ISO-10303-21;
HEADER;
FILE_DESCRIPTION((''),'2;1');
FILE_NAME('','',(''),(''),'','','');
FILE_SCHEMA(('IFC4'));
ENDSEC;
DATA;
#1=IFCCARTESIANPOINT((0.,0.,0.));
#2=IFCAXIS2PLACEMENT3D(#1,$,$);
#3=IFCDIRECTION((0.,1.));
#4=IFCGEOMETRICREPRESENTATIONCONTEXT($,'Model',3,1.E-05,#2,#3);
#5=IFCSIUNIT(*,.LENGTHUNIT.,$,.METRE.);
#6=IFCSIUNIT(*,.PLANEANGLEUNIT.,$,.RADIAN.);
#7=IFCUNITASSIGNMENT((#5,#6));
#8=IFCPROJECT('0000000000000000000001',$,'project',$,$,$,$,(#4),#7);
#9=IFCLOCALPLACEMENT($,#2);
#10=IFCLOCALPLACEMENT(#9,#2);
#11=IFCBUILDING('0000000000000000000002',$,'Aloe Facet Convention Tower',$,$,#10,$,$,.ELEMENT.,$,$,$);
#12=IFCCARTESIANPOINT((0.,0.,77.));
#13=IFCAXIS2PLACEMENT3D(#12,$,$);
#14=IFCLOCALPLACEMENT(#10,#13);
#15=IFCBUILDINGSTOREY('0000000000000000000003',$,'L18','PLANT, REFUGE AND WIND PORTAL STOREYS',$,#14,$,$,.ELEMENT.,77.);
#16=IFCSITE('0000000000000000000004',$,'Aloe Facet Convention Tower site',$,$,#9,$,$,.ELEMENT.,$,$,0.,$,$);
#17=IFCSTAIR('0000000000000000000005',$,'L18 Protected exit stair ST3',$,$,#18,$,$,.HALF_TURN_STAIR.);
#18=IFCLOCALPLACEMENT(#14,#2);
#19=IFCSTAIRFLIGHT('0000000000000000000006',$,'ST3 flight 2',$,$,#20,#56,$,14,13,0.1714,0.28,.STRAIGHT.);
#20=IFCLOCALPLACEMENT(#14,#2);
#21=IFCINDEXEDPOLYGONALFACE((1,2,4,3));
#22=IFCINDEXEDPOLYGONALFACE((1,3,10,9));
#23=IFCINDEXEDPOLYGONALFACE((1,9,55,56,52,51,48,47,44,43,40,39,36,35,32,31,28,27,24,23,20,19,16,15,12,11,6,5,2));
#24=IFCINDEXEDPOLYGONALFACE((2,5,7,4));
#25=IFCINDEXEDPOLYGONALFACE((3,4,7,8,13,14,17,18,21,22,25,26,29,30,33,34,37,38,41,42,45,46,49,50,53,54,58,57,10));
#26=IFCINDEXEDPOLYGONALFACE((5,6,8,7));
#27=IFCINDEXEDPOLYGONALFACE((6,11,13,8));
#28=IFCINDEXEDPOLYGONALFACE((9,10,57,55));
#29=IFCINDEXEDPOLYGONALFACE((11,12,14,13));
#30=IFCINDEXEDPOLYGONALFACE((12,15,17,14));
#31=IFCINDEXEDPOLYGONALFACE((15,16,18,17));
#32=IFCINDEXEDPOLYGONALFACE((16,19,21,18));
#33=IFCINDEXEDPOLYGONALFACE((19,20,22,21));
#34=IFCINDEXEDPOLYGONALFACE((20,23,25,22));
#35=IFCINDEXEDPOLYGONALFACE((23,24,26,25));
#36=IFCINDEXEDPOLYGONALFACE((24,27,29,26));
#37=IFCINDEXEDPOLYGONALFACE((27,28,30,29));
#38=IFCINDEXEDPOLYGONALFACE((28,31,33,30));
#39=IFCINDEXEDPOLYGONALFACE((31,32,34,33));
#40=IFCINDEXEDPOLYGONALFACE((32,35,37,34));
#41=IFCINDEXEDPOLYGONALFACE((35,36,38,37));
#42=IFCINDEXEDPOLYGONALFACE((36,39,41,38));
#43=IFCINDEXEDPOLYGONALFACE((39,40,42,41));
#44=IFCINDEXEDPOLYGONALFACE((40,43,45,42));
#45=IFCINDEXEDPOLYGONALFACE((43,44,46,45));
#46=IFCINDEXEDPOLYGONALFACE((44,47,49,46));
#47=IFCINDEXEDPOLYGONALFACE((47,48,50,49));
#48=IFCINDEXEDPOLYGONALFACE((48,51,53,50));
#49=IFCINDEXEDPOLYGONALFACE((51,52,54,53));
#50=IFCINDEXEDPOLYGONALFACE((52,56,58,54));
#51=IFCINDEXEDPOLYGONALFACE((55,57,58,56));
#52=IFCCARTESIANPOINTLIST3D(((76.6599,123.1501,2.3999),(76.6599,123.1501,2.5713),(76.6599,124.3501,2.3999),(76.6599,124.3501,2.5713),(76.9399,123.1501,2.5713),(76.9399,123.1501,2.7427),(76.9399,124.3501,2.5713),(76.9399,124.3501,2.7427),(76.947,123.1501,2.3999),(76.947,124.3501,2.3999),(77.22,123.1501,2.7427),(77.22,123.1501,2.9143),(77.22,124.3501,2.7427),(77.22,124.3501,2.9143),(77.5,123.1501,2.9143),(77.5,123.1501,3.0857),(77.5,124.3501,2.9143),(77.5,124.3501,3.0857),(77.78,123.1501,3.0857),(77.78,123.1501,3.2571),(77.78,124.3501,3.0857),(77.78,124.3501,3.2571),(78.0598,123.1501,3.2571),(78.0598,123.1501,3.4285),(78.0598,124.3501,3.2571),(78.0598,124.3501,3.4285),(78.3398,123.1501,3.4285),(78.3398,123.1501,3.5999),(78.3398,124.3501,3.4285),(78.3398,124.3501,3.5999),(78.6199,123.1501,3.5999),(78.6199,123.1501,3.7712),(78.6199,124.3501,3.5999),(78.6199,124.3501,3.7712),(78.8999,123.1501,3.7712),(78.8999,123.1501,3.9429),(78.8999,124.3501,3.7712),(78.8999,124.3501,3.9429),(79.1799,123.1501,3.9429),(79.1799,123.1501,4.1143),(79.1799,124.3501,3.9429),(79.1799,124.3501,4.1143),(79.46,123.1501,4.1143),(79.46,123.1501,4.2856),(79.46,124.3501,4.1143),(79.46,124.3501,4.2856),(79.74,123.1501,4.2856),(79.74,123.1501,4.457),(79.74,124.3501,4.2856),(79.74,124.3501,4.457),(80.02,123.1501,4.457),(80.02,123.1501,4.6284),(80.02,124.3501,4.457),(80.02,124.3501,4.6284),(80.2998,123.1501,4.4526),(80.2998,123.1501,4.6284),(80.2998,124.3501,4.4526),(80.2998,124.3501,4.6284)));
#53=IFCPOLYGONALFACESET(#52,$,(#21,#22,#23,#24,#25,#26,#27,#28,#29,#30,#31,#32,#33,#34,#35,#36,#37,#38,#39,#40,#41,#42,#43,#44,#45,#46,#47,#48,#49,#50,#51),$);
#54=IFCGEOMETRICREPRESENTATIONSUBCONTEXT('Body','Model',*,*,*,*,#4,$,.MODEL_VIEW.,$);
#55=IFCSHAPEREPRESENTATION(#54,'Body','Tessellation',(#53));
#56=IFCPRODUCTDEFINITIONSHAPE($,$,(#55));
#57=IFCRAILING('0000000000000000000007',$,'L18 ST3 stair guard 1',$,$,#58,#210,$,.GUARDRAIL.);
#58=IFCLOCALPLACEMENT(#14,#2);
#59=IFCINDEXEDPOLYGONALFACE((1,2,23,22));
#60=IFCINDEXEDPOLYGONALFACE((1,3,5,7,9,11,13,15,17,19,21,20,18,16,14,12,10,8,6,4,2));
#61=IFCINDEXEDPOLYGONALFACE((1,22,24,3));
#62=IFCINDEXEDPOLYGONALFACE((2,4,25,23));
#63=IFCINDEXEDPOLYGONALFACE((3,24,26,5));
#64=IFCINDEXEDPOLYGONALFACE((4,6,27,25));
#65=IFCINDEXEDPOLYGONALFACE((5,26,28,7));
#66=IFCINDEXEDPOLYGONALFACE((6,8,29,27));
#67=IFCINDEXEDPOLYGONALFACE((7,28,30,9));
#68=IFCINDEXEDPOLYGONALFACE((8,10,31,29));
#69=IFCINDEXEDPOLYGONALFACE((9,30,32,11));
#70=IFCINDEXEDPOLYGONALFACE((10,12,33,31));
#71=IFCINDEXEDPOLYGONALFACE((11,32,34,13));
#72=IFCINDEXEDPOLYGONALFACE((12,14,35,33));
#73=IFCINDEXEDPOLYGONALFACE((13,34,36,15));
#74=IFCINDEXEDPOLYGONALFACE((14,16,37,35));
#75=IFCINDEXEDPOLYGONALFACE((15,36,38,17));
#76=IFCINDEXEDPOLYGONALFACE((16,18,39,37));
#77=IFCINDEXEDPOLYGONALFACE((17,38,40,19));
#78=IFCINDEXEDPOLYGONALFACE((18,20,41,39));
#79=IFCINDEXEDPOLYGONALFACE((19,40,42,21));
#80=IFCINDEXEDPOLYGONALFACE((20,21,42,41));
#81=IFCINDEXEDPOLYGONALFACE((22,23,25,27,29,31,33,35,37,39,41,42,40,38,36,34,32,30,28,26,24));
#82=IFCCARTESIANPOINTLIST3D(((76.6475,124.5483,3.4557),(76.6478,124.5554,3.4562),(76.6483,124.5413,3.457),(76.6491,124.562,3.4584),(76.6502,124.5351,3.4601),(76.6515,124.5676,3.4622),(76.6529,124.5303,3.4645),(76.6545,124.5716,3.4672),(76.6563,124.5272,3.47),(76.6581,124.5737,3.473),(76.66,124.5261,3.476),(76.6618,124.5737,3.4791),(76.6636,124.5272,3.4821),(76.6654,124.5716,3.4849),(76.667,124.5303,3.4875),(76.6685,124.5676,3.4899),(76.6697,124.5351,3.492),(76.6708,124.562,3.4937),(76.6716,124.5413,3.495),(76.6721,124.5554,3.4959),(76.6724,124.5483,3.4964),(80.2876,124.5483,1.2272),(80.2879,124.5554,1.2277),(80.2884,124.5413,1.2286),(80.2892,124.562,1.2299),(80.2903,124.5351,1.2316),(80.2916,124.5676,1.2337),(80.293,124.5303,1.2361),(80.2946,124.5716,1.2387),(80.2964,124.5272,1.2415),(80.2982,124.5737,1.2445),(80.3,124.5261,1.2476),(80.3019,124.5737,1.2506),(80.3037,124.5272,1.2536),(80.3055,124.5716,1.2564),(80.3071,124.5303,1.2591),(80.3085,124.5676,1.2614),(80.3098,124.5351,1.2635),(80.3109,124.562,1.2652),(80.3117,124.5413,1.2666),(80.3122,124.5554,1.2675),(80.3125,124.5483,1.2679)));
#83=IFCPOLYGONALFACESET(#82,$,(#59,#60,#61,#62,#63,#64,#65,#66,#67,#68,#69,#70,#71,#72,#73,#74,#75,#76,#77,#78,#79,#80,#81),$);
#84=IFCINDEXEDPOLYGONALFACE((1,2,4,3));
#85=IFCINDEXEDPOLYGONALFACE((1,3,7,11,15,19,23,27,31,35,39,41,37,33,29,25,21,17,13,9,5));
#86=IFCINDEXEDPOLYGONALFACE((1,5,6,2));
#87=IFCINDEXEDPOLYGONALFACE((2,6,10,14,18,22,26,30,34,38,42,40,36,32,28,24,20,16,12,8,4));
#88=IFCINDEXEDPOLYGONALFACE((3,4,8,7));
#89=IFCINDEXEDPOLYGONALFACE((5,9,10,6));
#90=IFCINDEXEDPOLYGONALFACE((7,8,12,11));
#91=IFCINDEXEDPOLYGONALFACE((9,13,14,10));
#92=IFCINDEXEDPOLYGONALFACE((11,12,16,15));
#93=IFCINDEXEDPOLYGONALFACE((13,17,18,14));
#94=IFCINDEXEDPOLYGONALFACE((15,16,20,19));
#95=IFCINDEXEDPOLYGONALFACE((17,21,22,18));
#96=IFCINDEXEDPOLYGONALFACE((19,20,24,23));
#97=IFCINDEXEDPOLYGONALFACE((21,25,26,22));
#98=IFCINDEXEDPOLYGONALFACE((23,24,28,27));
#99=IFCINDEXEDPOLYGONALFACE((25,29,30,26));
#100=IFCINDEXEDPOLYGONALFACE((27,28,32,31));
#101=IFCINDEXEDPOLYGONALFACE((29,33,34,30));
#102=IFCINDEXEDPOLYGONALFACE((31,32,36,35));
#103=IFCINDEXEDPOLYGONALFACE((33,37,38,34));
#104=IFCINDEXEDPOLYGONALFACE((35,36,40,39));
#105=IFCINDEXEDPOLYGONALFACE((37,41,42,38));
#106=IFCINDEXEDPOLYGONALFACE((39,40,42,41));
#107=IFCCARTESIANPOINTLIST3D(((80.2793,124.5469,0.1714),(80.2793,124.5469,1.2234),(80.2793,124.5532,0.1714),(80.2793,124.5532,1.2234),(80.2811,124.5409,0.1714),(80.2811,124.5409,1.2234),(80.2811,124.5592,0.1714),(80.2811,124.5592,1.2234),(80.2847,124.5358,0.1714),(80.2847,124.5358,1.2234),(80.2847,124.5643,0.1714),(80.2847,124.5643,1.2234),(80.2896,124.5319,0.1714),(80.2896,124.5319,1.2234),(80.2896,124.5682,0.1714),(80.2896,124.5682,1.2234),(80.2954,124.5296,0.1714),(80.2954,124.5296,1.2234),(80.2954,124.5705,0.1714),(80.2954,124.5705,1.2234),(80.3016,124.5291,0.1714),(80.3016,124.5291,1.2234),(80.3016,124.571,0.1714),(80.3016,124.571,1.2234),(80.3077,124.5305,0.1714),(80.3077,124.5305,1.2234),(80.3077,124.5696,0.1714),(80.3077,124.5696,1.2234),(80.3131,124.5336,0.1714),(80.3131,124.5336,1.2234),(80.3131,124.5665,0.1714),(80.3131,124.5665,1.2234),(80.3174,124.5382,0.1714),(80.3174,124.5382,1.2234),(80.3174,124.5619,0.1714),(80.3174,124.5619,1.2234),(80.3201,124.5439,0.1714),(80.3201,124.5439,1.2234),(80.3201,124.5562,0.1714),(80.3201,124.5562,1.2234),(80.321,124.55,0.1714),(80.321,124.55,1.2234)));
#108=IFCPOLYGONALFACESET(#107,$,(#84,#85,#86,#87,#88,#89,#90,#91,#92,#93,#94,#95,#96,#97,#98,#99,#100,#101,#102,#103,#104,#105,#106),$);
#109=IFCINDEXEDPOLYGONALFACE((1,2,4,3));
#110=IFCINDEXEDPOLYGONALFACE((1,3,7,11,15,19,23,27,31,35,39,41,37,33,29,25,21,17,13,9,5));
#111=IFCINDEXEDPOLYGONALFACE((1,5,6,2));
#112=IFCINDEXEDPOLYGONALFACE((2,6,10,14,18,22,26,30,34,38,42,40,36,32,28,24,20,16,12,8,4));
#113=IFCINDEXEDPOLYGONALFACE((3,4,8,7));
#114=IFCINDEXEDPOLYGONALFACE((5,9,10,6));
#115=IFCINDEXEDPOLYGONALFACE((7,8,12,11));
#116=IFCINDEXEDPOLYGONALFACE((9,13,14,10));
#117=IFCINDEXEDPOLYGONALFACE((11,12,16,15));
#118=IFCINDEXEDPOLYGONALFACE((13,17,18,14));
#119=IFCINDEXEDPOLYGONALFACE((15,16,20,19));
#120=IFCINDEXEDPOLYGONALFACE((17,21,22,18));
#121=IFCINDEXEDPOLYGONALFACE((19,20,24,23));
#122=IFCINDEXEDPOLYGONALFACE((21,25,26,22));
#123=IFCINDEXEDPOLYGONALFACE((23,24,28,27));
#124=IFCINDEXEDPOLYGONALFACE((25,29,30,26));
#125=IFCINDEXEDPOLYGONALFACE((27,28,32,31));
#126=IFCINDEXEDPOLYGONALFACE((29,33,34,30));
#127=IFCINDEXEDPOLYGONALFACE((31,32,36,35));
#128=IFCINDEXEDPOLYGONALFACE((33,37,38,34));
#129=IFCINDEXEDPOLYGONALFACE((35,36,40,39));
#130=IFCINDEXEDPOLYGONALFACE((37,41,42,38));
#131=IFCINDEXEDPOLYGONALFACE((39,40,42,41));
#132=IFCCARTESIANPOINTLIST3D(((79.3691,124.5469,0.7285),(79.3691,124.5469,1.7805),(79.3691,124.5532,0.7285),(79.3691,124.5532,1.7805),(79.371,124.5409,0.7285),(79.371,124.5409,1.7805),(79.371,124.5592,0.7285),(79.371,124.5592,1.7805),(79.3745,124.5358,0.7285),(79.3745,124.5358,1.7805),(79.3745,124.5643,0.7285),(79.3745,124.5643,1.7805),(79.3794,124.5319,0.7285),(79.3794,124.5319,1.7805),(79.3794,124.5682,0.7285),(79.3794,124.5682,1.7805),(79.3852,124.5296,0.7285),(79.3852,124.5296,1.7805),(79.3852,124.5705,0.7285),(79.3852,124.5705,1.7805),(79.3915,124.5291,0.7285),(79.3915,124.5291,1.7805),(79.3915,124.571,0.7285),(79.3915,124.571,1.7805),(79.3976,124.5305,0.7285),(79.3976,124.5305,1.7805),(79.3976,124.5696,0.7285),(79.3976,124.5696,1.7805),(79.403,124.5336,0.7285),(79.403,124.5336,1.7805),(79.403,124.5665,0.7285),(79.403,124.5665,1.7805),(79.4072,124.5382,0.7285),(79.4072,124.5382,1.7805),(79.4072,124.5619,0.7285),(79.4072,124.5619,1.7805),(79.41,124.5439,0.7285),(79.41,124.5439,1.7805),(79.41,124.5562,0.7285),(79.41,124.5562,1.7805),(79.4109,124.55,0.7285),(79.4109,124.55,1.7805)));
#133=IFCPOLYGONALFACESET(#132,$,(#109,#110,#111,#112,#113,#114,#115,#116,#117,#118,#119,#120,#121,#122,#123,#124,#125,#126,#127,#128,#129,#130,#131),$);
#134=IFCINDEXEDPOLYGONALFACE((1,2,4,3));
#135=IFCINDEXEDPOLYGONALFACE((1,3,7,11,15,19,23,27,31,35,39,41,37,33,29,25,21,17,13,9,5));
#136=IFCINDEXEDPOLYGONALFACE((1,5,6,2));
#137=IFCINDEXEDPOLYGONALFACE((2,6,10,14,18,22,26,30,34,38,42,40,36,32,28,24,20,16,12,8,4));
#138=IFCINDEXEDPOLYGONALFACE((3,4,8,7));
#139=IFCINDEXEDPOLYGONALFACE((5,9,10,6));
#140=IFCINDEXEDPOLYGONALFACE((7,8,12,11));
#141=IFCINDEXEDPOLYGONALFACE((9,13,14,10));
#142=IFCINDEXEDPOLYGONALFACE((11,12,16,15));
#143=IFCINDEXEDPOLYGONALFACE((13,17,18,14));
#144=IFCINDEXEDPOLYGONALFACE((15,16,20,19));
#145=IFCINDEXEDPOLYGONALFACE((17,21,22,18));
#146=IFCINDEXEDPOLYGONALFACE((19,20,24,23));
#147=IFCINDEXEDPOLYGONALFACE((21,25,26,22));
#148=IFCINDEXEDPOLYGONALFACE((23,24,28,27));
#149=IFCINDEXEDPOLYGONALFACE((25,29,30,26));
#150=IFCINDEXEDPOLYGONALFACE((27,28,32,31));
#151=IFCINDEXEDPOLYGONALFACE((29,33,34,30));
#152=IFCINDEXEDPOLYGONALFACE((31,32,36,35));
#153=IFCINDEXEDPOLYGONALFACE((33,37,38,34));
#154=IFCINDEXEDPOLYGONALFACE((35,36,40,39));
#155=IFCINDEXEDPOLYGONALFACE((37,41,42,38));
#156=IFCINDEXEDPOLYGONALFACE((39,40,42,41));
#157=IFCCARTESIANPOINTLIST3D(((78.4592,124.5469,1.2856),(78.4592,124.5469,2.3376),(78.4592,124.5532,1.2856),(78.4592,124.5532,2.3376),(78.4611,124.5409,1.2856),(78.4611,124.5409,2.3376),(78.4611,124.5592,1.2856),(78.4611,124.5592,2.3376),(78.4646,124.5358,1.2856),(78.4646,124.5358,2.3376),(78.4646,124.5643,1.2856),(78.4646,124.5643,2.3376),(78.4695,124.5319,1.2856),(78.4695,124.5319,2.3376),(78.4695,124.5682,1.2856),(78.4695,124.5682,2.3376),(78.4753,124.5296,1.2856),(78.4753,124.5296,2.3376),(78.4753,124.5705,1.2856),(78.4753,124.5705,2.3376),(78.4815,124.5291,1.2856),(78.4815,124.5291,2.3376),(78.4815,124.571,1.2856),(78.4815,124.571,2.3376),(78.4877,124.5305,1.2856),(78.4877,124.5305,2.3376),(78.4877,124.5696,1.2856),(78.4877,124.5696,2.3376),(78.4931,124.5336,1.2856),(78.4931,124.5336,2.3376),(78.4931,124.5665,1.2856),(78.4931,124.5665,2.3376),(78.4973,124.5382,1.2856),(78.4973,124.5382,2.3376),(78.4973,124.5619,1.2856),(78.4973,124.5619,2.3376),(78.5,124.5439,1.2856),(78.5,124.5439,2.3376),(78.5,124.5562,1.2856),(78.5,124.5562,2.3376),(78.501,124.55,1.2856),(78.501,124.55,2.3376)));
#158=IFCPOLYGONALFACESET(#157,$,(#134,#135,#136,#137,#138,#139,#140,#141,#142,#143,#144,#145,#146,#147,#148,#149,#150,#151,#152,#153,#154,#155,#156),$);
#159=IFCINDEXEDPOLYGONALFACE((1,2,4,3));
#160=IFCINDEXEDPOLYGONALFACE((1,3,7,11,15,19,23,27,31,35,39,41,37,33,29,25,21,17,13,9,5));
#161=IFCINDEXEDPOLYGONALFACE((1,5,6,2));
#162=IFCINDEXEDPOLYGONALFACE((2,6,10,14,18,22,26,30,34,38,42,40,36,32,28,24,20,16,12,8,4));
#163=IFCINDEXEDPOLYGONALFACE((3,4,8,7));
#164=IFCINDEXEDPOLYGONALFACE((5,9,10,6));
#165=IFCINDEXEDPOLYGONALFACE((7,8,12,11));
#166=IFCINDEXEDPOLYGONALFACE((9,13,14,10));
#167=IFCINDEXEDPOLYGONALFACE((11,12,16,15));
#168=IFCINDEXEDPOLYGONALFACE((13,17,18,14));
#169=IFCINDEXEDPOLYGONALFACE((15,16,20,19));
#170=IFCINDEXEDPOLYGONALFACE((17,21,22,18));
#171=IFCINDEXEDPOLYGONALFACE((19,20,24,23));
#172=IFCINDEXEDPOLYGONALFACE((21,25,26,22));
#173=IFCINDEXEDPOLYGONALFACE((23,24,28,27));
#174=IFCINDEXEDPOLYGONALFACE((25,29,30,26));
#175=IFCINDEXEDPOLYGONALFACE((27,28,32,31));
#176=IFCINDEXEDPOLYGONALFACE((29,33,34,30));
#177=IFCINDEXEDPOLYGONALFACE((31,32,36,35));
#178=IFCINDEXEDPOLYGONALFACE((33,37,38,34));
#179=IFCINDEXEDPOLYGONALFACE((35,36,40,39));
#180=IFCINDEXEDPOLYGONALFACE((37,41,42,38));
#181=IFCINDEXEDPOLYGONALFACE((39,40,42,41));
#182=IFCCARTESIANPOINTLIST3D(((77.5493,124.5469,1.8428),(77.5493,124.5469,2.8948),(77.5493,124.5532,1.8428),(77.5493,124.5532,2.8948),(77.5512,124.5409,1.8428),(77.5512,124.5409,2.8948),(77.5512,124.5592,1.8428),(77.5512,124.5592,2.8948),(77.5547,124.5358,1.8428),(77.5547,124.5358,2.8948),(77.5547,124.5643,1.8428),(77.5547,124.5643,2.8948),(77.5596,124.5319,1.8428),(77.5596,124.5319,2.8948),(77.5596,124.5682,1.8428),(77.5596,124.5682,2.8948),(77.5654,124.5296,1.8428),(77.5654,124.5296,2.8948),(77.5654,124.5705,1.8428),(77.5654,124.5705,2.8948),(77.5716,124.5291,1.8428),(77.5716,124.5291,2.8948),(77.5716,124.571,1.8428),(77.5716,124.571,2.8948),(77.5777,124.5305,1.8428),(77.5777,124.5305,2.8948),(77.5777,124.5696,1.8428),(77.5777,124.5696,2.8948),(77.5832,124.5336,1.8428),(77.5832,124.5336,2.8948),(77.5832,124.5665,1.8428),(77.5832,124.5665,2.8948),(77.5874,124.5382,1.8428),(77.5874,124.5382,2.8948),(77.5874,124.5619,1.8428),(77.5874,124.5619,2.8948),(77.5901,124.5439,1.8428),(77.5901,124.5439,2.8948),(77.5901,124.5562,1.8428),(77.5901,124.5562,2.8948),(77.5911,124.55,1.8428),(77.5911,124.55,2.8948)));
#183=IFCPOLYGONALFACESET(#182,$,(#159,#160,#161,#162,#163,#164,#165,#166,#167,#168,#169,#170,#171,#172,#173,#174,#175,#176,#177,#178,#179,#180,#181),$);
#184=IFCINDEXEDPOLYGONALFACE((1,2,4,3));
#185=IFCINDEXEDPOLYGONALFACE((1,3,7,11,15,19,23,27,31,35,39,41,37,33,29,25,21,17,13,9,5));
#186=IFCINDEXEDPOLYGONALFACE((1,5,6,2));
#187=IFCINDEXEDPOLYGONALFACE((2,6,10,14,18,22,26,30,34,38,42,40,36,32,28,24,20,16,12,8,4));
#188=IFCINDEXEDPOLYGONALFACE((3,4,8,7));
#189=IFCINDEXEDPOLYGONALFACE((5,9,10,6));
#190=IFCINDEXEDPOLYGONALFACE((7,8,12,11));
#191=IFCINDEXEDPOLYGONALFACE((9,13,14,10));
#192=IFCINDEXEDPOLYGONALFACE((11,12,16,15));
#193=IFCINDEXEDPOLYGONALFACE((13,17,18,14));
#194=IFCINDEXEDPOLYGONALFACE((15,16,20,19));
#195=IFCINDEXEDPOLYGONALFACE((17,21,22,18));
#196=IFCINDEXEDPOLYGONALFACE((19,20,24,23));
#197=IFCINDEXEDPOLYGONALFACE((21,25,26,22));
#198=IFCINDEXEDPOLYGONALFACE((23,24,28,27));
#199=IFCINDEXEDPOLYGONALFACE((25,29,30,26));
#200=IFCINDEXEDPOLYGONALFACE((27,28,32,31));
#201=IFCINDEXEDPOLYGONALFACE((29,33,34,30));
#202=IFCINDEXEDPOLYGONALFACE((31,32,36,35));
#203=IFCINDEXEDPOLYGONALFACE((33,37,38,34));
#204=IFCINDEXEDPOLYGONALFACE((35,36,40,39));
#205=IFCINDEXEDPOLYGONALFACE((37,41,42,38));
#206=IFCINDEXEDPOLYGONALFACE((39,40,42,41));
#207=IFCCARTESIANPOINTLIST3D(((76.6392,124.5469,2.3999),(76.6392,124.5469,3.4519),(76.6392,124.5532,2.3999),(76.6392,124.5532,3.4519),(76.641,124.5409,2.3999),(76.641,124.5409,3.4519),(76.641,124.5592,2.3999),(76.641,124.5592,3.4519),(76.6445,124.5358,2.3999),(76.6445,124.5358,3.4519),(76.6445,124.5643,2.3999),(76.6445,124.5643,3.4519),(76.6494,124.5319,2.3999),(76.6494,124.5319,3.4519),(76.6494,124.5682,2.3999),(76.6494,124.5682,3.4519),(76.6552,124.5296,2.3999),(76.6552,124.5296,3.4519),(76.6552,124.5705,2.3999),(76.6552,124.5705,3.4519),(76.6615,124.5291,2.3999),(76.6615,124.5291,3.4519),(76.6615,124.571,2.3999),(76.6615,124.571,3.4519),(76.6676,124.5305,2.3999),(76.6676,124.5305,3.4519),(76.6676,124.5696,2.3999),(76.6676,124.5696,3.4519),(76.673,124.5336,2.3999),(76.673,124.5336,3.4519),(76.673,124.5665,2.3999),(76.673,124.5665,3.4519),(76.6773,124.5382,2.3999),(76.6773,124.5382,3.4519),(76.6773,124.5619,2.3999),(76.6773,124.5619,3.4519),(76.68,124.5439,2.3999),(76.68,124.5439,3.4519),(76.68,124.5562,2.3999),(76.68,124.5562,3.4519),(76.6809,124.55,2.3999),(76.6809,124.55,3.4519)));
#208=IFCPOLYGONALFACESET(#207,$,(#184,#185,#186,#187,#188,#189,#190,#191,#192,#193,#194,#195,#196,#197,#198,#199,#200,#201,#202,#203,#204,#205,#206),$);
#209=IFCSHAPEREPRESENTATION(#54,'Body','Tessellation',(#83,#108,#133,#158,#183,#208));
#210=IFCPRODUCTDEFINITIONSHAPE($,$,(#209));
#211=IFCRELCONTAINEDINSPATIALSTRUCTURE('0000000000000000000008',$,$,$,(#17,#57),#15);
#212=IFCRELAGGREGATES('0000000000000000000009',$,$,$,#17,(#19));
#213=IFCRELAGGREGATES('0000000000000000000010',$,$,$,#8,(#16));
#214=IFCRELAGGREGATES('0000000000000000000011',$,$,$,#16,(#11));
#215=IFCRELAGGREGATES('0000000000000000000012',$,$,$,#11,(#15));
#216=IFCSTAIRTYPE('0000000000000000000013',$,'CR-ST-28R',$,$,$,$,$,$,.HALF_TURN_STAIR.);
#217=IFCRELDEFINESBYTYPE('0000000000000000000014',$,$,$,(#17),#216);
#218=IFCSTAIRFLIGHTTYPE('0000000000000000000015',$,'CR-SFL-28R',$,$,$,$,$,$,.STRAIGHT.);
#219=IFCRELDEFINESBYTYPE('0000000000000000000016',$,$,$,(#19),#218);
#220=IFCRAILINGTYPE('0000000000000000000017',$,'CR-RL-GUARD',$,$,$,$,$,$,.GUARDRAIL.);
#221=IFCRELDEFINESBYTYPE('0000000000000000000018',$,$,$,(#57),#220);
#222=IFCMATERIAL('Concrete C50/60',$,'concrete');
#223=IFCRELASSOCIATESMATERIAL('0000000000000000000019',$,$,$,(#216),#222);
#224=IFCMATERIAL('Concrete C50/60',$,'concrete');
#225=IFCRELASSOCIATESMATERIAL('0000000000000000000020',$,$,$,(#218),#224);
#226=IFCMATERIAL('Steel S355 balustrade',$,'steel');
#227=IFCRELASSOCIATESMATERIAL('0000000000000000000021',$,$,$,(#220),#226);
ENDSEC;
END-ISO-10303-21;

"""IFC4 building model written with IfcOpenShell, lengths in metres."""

from ifc_helpers import new_model, si_unit, direction, frame, origin, origin_2d, place, context, subcontext, project, spatial, polyline, circle, outline, extrude, material, type_object, element, aggregate, save


model = new_model("IFC4")

# Units and contexts
model_context = context("Model", 3, precision=1e-05, world=origin(), true_north=direction((0.0, 1.0)))
body_context = subcontext(model_context, "Body", "Model", "MODEL_VIEW")
ifc_project = project(units=[si_unit("LENGTHUNIT", "METRE"), si_unit("PLANEANGLEUNIT", "RADIAN")], contexts=[model_context])

# Site, building, storey
site_placement = place(None, origin())
site = spatial("IfcSite", under=ifc_project, at=site_placement, Name="Aloe Facet Convention Tower site", CompositionType="ELEMENT", RefElevation=0.0)
building_placement = place(site_placement, origin())
building = spatial("IfcBuilding", under=site, at=building_placement, Name="Aloe Facet Convention Tower", CompositionType="ELEMENT")
storey_placement = place(building_placement, frame((0.0, 0.0, 77.0)))
storey = spatial("IfcBuildingStorey", under=building, at=storey_placement, Name="L18", Description="PLANT, REFUGE AND WIND PORTAL STOREYS", CompositionType="ELEMENT", Elevation=77.0)

# Stair, stair flight
ifc_material_1 = material(Name="Concrete C50/60", Category="concrete")
stair_type = type_object("IfcStairType", Name="CR-ST-28R", PredefinedType="HALF_TURN_STAIR", material=ifc_material_1)
stair_placement = place(storey_placement, origin())
stair = element("IfcStair", 1, at=stair_placement, inside=storey, type_object=stair_type, Name="L18 Protected exit stair ST3", PredefinedType="HALF_TURN_STAIR")
ifc_material_2 = material(Name="Concrete C50/60", Category="concrete")
stair_flight_type = type_object("IfcStairFlightType", Name="CR-SFL-28R", PredefinedType="STRAIGHT", material=ifc_material_2)
stair_flight_1_placement = place(storey_placement, frame((76.6599, 123.75, 2.3999), z_axis=(0.0, 0.0, 1.0), x_axis=(1.0, 0.0, 0.0)))
stair_flight_1 = element("IfcStairFlight", 2, at=stair_flight_1_placement, type_object=stair_flight_type, Name="ST3 flight 2", NumberOfRisers=14, NumberOfTreads=13, PredefinedType="STRAIGHT", RiserHeight=0.1714, TreadLength=0.28, context=body_context, shape_type="SweptSolid", body=[
    extrude(outline(polyline([(0.0, 0.0), (0.0, 0.1714), (0.28, 0.1714), (0.28, 0.3428), (0.5601, 0.3428), (0.5601, 0.5144), (0.8401, 0.5144), (0.8401, 0.6858), (1.1201, 0.6858), (1.1201, 0.8572), (1.3999, 0.8572), (1.3999, 1.0286), (1.6799, 1.0286), (1.6799, 1.2), (1.96, 1.2), (1.96, 1.3713), (2.24, 1.3713), (2.24, 1.543), (2.52, 1.543), (2.52, 1.7144), (2.8, 1.7144), (2.8, 1.8857), (3.0801, 1.8857), (3.0801, 2.0571), (3.3601, 2.0571), (3.3601, 2.2285), (3.6399, 2.2285), (3.6399, 2.3999), (3.6399, 2.0527), (0.2871, 0.0), (0.0, 0.0)])), frame((0.0, 0.6001, 0.0), z_axis=(0.0, -1.0, 0.0), x_axis=(1.0, 0.0, 0.0)), (0.0, 0.0, 1.0), 1.2),
])
aggregate(stair, [stair_flight_1])

# Railing
ifc_material_3 = material(Name="Steel S355 balustrade", Category="steel")
railing_type_1 = type_object("IfcRailingType", Name="CR-RL-GUARD", PredefinedType="GUARDRAIL", material=ifc_material_3)
railing_1_placement = place(storey_placement, frame((80.3, 124.55, 0.1714)))
element("IfcRailing", 3, at=railing_1_placement, inside=storey, type_object=railing_type_1, Name="L18 ST3 stair guard 1", PredefinedType="GUARDRAIL", context=body_context, shape_type="SweptSolid", body=[
    extrude(circle(Radius=0.0239, at=origin_2d()), frame((0.0, 0.0, 1.0762), z_axis=(-0.852866, 0.0, 0.52213), x_axis=(0.0, -1.0, 0.0)), (0.0, 0.0, 1.0), 4.2681),
    extrude(circle(Radius=0.021, at=origin_2d()), origin(), (0.0, 0.0, 1.0), 1.052),
    extrude(circle(Radius=0.021, at=origin_2d()), frame((-0.9102, 0.0, 0.5571)), (0.0, 0.0, 1.0), 1.052),
    extrude(circle(Radius=0.021, at=origin_2d()), frame((-1.8201, 0.0, 1.1143)), (0.0, 0.0, 1.0), 1.052),
    extrude(circle(Radius=0.021, at=origin_2d()), frame((-2.73, 0.0, 1.6714)), (0.0, 0.0, 1.0), 1.052),
    extrude(circle(Radius=0.021, at=origin_2d()), frame((-3.6401, 0.0, 2.2285)), (0.0, 0.0, 1.0), 1.052),
])

save(model, "model.ifc")
